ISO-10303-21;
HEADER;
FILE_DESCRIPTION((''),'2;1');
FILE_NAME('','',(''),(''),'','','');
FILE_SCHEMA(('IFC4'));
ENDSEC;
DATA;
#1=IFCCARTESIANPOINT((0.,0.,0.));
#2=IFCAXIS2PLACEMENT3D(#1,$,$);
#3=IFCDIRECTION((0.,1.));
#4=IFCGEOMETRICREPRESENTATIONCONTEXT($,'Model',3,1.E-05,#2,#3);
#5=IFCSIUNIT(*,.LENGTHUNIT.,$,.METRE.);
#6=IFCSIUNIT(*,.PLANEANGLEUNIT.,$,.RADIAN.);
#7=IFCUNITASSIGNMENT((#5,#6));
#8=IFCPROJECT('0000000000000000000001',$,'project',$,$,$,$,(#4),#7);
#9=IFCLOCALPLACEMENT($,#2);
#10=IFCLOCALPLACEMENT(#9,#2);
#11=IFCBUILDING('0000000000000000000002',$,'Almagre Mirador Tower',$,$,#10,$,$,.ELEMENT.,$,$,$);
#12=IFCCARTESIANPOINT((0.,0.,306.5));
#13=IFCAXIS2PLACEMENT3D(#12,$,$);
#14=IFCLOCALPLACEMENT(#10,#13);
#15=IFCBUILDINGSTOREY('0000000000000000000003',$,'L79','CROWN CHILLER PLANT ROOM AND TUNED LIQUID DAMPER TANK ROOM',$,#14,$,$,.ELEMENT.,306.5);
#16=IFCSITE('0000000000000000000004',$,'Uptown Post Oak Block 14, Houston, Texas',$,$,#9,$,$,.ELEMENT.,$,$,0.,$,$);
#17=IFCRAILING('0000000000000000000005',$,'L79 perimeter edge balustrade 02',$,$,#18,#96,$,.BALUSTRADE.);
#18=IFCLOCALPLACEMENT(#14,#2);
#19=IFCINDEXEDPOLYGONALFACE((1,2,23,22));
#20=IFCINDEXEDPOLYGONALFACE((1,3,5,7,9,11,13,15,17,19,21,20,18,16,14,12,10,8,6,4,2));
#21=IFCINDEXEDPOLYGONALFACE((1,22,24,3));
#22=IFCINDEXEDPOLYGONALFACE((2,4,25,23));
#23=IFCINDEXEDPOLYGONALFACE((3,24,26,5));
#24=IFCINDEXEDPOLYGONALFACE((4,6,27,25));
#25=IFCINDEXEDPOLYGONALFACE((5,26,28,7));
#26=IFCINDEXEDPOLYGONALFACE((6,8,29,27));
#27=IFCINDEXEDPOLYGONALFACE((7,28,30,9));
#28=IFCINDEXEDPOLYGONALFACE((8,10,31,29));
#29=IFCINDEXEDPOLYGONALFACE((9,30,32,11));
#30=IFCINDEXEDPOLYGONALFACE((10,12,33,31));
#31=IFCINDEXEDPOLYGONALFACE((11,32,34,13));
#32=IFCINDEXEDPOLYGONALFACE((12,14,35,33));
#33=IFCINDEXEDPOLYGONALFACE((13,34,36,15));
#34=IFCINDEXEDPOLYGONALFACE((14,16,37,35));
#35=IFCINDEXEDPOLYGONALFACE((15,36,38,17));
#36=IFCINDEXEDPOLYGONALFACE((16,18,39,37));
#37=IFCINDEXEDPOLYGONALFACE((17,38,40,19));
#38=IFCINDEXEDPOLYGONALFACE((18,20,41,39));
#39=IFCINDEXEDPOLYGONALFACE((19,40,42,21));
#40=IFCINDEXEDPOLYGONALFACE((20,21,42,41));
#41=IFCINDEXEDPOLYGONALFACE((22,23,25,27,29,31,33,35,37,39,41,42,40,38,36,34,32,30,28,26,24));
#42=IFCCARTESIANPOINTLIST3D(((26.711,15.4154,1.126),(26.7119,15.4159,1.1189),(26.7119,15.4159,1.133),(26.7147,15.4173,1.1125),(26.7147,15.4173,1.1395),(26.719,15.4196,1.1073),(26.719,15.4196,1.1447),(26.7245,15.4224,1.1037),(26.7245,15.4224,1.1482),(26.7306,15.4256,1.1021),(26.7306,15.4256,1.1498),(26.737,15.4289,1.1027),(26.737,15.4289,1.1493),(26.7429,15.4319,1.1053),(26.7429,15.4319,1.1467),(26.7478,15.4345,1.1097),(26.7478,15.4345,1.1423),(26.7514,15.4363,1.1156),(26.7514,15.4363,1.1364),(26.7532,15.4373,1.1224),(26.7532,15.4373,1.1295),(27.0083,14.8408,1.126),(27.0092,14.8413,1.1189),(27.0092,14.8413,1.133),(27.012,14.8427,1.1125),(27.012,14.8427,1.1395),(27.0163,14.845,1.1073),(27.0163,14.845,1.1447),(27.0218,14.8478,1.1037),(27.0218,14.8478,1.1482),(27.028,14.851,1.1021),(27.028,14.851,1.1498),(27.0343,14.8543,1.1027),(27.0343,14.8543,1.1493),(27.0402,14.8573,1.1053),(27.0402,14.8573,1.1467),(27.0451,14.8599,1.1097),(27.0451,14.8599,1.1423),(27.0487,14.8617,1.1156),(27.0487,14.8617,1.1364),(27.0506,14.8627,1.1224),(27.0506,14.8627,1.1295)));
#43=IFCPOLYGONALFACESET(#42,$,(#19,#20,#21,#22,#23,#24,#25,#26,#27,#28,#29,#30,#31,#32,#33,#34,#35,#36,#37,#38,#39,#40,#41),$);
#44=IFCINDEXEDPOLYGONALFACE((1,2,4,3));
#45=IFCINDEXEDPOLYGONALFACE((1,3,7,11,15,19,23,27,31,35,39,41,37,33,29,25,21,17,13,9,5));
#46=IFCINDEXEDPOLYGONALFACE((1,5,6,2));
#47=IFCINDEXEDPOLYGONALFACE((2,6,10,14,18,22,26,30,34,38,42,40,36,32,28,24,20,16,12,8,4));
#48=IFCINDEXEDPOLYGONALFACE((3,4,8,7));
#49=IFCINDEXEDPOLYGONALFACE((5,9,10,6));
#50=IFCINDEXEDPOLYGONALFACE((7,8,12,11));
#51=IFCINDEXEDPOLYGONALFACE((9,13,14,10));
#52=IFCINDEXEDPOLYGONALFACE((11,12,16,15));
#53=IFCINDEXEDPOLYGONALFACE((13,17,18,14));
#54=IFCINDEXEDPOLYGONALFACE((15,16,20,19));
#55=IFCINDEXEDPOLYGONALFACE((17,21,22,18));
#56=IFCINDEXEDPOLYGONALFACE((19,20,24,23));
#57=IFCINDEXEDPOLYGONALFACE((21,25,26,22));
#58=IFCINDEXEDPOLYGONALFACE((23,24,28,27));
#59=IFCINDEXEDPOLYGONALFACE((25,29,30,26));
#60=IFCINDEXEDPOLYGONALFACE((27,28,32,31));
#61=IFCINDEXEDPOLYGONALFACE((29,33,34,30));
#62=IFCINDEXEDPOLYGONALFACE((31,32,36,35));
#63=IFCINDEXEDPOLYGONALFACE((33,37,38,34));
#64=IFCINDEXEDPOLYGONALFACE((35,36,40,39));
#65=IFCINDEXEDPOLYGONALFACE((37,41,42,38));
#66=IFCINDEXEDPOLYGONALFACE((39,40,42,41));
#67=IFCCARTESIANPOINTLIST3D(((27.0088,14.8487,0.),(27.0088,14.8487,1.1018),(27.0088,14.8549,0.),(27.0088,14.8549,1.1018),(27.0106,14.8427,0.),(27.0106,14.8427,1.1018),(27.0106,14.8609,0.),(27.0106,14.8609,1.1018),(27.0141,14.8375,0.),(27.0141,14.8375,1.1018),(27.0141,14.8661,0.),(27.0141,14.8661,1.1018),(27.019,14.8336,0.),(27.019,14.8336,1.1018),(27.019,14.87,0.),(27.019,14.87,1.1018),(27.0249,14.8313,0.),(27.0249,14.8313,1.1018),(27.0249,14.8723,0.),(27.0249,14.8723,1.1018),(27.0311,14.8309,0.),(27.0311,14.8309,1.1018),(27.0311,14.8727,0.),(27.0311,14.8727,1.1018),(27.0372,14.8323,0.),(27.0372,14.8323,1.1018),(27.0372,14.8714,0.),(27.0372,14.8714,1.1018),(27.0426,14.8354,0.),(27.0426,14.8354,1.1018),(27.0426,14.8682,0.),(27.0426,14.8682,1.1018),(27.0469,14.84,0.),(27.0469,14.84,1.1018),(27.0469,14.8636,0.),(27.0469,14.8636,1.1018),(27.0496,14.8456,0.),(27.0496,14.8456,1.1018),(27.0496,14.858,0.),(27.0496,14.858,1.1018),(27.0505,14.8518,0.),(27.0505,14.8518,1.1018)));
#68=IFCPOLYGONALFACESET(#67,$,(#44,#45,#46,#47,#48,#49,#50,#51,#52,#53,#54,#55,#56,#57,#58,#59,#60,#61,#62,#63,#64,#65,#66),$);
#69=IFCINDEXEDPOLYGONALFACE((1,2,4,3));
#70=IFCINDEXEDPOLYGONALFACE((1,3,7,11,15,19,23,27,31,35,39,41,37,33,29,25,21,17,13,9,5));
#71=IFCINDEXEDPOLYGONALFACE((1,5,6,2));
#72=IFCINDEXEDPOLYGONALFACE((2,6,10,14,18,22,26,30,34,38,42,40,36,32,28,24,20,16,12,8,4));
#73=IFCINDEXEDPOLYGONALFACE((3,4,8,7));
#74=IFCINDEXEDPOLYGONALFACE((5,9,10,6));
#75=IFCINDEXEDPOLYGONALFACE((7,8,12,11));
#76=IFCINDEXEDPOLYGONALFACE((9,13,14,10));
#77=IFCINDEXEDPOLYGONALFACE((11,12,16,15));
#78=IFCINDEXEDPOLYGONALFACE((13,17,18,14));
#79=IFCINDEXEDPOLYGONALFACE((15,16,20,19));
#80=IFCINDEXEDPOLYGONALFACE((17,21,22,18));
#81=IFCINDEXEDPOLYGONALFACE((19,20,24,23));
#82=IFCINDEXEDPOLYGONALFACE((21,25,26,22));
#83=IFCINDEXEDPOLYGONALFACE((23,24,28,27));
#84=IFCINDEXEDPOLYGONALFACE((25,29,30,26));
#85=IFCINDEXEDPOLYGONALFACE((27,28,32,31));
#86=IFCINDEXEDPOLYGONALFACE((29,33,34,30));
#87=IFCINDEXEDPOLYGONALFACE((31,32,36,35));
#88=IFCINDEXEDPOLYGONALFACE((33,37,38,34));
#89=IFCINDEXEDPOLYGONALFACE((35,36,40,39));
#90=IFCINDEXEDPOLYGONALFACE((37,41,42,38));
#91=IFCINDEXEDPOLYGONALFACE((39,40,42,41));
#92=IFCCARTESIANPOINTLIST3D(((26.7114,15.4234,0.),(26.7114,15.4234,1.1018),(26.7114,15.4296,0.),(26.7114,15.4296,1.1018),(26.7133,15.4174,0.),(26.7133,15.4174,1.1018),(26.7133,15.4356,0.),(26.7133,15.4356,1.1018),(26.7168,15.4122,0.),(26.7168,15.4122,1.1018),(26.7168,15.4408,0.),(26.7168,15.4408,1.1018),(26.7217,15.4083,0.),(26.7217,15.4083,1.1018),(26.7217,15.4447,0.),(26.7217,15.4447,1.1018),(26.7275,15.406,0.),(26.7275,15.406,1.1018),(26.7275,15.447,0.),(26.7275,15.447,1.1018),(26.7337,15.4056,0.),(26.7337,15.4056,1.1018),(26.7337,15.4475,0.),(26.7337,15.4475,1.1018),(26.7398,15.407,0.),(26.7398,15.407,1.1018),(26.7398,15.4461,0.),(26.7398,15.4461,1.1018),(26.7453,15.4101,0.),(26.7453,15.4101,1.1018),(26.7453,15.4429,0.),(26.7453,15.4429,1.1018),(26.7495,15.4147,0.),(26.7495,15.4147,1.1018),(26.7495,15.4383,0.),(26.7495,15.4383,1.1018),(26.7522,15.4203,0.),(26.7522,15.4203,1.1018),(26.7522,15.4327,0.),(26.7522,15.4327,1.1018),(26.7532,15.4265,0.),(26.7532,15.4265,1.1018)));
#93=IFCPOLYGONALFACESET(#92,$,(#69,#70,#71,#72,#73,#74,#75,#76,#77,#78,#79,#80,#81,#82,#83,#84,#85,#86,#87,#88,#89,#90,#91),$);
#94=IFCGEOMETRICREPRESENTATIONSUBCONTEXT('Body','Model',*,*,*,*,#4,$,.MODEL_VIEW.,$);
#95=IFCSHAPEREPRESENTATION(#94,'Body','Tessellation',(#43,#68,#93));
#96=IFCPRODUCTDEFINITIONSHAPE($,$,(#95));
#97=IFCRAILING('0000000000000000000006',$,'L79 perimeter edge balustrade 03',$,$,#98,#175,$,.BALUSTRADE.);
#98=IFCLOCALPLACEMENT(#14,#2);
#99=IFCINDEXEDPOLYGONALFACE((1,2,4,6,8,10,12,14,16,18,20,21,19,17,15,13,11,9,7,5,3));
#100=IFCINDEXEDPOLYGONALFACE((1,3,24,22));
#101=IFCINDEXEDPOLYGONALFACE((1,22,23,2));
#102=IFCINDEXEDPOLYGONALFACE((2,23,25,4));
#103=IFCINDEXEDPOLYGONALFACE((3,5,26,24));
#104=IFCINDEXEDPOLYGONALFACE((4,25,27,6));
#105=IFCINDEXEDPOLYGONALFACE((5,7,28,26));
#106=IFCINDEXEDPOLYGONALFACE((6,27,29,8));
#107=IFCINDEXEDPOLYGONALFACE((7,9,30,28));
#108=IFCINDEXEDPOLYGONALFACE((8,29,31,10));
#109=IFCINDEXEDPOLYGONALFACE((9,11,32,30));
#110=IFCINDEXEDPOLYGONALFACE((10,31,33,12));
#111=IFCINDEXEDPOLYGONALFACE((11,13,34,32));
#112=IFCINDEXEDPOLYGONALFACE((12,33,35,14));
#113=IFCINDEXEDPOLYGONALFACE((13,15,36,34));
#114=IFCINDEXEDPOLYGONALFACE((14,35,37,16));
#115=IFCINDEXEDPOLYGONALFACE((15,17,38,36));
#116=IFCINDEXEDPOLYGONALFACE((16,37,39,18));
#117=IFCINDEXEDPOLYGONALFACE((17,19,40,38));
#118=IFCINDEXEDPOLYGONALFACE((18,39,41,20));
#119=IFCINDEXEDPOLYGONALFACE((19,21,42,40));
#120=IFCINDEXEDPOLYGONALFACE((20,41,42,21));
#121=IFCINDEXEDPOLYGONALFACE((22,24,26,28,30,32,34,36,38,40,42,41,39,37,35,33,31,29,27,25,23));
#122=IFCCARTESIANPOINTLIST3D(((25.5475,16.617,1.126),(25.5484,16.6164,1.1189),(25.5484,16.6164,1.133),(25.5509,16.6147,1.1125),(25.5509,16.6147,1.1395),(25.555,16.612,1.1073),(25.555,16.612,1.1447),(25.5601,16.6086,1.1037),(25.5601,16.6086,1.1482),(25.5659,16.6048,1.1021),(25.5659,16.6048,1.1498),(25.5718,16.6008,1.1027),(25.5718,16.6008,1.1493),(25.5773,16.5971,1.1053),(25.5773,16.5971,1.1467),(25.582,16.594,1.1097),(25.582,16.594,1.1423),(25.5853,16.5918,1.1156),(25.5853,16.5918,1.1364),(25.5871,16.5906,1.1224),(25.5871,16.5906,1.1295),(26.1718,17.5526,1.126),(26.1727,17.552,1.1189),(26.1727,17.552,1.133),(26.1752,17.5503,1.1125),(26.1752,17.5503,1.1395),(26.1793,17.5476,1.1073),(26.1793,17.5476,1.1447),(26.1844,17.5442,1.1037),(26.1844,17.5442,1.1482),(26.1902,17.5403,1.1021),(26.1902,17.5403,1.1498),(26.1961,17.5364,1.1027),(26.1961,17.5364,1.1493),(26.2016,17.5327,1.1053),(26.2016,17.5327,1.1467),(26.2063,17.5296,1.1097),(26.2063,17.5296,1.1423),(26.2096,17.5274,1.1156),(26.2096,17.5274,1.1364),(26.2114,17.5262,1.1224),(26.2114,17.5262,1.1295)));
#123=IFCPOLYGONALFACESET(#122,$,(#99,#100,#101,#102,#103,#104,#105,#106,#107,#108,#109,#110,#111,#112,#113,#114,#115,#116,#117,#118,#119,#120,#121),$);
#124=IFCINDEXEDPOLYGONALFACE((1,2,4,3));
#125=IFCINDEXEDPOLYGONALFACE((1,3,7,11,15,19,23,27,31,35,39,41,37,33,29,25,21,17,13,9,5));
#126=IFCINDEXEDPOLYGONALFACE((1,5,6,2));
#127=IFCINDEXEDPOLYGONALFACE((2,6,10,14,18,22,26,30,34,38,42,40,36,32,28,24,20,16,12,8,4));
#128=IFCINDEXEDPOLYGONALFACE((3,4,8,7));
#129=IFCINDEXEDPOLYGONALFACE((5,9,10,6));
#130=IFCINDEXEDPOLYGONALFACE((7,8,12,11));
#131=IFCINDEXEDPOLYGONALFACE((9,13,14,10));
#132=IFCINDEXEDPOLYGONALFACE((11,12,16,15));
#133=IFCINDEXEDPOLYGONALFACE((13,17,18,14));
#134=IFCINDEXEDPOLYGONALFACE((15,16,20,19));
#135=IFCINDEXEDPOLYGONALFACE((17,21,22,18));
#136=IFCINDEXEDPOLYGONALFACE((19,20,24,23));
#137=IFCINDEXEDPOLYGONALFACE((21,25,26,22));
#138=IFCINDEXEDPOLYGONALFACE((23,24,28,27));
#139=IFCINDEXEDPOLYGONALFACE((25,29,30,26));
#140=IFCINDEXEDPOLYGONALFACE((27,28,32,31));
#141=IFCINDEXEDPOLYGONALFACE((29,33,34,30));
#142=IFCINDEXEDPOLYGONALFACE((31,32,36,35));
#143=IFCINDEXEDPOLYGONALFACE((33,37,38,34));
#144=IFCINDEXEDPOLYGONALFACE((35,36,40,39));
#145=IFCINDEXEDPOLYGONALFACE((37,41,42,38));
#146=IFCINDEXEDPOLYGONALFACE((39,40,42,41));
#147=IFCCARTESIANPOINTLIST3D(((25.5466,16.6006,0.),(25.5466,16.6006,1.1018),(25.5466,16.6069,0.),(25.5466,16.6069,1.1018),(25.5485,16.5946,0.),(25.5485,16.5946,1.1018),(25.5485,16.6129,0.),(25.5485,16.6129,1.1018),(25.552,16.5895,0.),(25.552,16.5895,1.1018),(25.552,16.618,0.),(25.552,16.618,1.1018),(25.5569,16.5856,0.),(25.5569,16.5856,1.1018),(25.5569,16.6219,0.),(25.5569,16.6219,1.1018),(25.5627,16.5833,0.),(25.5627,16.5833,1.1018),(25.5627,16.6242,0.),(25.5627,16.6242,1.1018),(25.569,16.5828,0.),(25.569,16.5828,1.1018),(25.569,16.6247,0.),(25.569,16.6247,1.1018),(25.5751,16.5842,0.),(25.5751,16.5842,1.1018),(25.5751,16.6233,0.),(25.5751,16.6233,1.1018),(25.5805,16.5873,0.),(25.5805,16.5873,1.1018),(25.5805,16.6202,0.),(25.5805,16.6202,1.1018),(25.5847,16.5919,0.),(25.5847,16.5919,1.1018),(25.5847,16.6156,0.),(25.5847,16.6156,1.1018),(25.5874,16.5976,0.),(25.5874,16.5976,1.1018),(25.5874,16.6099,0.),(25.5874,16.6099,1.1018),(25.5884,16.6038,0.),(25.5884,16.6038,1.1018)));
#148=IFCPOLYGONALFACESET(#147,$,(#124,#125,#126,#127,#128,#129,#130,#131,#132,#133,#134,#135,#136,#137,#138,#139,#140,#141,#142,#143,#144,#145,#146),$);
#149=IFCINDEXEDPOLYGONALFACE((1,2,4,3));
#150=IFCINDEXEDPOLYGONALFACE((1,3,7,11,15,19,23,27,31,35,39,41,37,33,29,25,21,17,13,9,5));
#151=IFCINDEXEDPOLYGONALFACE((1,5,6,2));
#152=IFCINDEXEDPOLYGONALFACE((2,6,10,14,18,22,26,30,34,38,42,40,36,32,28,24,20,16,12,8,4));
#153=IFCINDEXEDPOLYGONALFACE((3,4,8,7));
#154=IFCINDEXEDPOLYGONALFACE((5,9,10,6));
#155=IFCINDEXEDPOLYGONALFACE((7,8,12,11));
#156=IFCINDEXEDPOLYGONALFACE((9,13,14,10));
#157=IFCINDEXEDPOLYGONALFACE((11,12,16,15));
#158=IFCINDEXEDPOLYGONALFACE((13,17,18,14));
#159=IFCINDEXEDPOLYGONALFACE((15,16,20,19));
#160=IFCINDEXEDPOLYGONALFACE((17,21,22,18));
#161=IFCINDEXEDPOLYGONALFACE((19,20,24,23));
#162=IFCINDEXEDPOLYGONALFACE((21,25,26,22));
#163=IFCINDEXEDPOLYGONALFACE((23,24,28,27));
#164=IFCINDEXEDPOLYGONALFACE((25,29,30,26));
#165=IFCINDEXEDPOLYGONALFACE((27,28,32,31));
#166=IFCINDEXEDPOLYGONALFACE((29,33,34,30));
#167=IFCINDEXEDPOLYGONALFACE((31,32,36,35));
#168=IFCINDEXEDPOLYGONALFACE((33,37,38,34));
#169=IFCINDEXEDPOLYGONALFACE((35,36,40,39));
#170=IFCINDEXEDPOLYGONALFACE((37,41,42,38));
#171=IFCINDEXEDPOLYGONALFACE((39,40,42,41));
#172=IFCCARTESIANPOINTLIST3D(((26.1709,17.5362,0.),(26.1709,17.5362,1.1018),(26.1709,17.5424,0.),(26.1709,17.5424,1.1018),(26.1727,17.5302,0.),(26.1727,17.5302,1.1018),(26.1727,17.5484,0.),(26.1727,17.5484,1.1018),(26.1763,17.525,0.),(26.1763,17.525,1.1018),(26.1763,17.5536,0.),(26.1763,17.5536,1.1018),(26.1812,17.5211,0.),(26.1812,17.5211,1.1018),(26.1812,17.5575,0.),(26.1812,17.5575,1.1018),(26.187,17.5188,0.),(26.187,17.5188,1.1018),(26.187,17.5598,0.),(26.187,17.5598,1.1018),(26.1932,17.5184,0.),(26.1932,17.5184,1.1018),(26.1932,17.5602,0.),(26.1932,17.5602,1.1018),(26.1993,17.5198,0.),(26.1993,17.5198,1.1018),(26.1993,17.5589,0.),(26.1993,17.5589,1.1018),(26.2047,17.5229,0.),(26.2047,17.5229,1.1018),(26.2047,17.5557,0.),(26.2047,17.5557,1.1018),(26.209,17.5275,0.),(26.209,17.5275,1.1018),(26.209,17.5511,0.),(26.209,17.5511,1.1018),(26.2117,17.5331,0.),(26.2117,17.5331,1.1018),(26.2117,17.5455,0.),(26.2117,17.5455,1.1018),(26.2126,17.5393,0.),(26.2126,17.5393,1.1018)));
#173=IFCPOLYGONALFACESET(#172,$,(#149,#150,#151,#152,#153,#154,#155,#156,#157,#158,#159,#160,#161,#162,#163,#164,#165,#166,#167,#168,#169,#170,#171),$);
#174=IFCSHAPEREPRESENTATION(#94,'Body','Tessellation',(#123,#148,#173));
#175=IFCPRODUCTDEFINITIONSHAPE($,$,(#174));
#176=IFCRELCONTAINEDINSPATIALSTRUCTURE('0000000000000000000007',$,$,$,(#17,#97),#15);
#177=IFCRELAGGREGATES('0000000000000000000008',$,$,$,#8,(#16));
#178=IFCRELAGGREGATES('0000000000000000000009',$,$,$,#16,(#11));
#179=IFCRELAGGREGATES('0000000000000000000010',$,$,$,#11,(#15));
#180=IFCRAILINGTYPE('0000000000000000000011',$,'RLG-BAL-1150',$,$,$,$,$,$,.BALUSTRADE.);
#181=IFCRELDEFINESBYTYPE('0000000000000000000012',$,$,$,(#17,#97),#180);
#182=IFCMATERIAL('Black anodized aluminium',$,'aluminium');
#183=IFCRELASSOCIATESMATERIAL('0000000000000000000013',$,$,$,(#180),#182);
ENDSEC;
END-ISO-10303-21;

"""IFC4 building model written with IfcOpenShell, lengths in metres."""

from ifc_helpers import new_model, si_unit, direction, frame, origin, origin_2d, place, context, subcontext, project, spatial, circle, extrude, material, type_object, element, save


model = new_model("IFC4")

# Units and contexts
model_context = context("Model", 3, precision=1e-05, world=origin(), true_north=direction((0.0, 1.0)))
body_context = subcontext(model_context, "Body", "Model", "MODEL_VIEW")
ifc_project = project(units=[si_unit("LENGTHUNIT", "METRE"), si_unit("PLANEANGLEUNIT", "RADIAN")], contexts=[model_context])

# Site, building, storey
site_placement = place(None, origin())
site = spatial("IfcSite", under=ifc_project, at=site_placement, Name="Uptown Post Oak Block 14, Houston, Texas", CompositionType="ELEMENT", RefElevation=0.0)
building_placement = place(site_placement, origin())
building = spatial("IfcBuilding", under=site, at=building_placement, Name="Almagre Mirador Tower", CompositionType="ELEMENT")
storey_placement = place(building_placement, frame((0.0, 0.0, 306.5)))
storey = spatial("IfcBuildingStorey", under=building, at=storey_placement, Name="L79", Description="CROWN CHILLER PLANT ROOM AND TUNED LIQUID DAMPER TANK ROOM", CompositionType="ELEMENT", Elevation=306.5)

# Railings
ifc_material_1 = material(Name="Black anodized aluminium", Category="aluminium")
railing_type = type_object("IfcRailingType", Name="RLG-BAL-1150", PredefinedType="BALUSTRADE", material=ifc_material_1)
railing_1_placement = place(storey_placement, frame((27.0295, 14.8518, 0.0)))
element("IfcRailing", 1, at=railing_1_placement, inside=storey, type_object=railing_type, Name="L79 perimeter edge balustrade 02", PredefinedType="BALUSTRADE", context=body_context, shape_type="SweptSolid", body=[
    extrude(circle(Radius=0.0239, at=origin_2d()), frame((0.0, 0.0, 1.126), z_axis=(-0.459546, 0.888154, 0.0), x_axis=(-0.888154, -0.459546, 0.0)), (0.0, 0.0, 1.0), 0.647),
    extrude(circle(Radius=0.021, at=origin_2d()), origin(), (0.0, 0.0, 1.0), 1.1018),
    extrude(circle(Radius=0.021, at=origin_2d()), frame((-0.2974, 0.5747, 0.0)), (0.0, 0.0, 1.0), 1.1018),
])
railing_2_placement = place(storey_placement, frame((25.5674, 16.6038, 0.0)))
element("IfcRailing", 2, at=railing_2_placement, inside=storey, type_object=railing_type, Name="L79 perimeter edge balustrade 03", PredefinedType="BALUSTRADE", context=body_context, shape_type="SweptSolid", body=[
    extrude(circle(Radius=0.0239, at=origin_2d()), frame((0.0, 0.0, 1.126), z_axis=(0.555051, 0.831816, 0.0), x_axis=(-0.831816, 0.555051, 0.0)), (0.0, 0.0, 1.0), 1.1248),
    extrude(circle(Radius=0.021, at=origin_2d()), origin(), (0.0, 0.0, 1.0), 1.1018),
    extrude(circle(Radius=0.021, at=origin_2d()), frame((0.6243, 0.9355, 0.0)), (0.0, 0.0, 1.0), 1.1018),
])

save(model, "model.ifc")
